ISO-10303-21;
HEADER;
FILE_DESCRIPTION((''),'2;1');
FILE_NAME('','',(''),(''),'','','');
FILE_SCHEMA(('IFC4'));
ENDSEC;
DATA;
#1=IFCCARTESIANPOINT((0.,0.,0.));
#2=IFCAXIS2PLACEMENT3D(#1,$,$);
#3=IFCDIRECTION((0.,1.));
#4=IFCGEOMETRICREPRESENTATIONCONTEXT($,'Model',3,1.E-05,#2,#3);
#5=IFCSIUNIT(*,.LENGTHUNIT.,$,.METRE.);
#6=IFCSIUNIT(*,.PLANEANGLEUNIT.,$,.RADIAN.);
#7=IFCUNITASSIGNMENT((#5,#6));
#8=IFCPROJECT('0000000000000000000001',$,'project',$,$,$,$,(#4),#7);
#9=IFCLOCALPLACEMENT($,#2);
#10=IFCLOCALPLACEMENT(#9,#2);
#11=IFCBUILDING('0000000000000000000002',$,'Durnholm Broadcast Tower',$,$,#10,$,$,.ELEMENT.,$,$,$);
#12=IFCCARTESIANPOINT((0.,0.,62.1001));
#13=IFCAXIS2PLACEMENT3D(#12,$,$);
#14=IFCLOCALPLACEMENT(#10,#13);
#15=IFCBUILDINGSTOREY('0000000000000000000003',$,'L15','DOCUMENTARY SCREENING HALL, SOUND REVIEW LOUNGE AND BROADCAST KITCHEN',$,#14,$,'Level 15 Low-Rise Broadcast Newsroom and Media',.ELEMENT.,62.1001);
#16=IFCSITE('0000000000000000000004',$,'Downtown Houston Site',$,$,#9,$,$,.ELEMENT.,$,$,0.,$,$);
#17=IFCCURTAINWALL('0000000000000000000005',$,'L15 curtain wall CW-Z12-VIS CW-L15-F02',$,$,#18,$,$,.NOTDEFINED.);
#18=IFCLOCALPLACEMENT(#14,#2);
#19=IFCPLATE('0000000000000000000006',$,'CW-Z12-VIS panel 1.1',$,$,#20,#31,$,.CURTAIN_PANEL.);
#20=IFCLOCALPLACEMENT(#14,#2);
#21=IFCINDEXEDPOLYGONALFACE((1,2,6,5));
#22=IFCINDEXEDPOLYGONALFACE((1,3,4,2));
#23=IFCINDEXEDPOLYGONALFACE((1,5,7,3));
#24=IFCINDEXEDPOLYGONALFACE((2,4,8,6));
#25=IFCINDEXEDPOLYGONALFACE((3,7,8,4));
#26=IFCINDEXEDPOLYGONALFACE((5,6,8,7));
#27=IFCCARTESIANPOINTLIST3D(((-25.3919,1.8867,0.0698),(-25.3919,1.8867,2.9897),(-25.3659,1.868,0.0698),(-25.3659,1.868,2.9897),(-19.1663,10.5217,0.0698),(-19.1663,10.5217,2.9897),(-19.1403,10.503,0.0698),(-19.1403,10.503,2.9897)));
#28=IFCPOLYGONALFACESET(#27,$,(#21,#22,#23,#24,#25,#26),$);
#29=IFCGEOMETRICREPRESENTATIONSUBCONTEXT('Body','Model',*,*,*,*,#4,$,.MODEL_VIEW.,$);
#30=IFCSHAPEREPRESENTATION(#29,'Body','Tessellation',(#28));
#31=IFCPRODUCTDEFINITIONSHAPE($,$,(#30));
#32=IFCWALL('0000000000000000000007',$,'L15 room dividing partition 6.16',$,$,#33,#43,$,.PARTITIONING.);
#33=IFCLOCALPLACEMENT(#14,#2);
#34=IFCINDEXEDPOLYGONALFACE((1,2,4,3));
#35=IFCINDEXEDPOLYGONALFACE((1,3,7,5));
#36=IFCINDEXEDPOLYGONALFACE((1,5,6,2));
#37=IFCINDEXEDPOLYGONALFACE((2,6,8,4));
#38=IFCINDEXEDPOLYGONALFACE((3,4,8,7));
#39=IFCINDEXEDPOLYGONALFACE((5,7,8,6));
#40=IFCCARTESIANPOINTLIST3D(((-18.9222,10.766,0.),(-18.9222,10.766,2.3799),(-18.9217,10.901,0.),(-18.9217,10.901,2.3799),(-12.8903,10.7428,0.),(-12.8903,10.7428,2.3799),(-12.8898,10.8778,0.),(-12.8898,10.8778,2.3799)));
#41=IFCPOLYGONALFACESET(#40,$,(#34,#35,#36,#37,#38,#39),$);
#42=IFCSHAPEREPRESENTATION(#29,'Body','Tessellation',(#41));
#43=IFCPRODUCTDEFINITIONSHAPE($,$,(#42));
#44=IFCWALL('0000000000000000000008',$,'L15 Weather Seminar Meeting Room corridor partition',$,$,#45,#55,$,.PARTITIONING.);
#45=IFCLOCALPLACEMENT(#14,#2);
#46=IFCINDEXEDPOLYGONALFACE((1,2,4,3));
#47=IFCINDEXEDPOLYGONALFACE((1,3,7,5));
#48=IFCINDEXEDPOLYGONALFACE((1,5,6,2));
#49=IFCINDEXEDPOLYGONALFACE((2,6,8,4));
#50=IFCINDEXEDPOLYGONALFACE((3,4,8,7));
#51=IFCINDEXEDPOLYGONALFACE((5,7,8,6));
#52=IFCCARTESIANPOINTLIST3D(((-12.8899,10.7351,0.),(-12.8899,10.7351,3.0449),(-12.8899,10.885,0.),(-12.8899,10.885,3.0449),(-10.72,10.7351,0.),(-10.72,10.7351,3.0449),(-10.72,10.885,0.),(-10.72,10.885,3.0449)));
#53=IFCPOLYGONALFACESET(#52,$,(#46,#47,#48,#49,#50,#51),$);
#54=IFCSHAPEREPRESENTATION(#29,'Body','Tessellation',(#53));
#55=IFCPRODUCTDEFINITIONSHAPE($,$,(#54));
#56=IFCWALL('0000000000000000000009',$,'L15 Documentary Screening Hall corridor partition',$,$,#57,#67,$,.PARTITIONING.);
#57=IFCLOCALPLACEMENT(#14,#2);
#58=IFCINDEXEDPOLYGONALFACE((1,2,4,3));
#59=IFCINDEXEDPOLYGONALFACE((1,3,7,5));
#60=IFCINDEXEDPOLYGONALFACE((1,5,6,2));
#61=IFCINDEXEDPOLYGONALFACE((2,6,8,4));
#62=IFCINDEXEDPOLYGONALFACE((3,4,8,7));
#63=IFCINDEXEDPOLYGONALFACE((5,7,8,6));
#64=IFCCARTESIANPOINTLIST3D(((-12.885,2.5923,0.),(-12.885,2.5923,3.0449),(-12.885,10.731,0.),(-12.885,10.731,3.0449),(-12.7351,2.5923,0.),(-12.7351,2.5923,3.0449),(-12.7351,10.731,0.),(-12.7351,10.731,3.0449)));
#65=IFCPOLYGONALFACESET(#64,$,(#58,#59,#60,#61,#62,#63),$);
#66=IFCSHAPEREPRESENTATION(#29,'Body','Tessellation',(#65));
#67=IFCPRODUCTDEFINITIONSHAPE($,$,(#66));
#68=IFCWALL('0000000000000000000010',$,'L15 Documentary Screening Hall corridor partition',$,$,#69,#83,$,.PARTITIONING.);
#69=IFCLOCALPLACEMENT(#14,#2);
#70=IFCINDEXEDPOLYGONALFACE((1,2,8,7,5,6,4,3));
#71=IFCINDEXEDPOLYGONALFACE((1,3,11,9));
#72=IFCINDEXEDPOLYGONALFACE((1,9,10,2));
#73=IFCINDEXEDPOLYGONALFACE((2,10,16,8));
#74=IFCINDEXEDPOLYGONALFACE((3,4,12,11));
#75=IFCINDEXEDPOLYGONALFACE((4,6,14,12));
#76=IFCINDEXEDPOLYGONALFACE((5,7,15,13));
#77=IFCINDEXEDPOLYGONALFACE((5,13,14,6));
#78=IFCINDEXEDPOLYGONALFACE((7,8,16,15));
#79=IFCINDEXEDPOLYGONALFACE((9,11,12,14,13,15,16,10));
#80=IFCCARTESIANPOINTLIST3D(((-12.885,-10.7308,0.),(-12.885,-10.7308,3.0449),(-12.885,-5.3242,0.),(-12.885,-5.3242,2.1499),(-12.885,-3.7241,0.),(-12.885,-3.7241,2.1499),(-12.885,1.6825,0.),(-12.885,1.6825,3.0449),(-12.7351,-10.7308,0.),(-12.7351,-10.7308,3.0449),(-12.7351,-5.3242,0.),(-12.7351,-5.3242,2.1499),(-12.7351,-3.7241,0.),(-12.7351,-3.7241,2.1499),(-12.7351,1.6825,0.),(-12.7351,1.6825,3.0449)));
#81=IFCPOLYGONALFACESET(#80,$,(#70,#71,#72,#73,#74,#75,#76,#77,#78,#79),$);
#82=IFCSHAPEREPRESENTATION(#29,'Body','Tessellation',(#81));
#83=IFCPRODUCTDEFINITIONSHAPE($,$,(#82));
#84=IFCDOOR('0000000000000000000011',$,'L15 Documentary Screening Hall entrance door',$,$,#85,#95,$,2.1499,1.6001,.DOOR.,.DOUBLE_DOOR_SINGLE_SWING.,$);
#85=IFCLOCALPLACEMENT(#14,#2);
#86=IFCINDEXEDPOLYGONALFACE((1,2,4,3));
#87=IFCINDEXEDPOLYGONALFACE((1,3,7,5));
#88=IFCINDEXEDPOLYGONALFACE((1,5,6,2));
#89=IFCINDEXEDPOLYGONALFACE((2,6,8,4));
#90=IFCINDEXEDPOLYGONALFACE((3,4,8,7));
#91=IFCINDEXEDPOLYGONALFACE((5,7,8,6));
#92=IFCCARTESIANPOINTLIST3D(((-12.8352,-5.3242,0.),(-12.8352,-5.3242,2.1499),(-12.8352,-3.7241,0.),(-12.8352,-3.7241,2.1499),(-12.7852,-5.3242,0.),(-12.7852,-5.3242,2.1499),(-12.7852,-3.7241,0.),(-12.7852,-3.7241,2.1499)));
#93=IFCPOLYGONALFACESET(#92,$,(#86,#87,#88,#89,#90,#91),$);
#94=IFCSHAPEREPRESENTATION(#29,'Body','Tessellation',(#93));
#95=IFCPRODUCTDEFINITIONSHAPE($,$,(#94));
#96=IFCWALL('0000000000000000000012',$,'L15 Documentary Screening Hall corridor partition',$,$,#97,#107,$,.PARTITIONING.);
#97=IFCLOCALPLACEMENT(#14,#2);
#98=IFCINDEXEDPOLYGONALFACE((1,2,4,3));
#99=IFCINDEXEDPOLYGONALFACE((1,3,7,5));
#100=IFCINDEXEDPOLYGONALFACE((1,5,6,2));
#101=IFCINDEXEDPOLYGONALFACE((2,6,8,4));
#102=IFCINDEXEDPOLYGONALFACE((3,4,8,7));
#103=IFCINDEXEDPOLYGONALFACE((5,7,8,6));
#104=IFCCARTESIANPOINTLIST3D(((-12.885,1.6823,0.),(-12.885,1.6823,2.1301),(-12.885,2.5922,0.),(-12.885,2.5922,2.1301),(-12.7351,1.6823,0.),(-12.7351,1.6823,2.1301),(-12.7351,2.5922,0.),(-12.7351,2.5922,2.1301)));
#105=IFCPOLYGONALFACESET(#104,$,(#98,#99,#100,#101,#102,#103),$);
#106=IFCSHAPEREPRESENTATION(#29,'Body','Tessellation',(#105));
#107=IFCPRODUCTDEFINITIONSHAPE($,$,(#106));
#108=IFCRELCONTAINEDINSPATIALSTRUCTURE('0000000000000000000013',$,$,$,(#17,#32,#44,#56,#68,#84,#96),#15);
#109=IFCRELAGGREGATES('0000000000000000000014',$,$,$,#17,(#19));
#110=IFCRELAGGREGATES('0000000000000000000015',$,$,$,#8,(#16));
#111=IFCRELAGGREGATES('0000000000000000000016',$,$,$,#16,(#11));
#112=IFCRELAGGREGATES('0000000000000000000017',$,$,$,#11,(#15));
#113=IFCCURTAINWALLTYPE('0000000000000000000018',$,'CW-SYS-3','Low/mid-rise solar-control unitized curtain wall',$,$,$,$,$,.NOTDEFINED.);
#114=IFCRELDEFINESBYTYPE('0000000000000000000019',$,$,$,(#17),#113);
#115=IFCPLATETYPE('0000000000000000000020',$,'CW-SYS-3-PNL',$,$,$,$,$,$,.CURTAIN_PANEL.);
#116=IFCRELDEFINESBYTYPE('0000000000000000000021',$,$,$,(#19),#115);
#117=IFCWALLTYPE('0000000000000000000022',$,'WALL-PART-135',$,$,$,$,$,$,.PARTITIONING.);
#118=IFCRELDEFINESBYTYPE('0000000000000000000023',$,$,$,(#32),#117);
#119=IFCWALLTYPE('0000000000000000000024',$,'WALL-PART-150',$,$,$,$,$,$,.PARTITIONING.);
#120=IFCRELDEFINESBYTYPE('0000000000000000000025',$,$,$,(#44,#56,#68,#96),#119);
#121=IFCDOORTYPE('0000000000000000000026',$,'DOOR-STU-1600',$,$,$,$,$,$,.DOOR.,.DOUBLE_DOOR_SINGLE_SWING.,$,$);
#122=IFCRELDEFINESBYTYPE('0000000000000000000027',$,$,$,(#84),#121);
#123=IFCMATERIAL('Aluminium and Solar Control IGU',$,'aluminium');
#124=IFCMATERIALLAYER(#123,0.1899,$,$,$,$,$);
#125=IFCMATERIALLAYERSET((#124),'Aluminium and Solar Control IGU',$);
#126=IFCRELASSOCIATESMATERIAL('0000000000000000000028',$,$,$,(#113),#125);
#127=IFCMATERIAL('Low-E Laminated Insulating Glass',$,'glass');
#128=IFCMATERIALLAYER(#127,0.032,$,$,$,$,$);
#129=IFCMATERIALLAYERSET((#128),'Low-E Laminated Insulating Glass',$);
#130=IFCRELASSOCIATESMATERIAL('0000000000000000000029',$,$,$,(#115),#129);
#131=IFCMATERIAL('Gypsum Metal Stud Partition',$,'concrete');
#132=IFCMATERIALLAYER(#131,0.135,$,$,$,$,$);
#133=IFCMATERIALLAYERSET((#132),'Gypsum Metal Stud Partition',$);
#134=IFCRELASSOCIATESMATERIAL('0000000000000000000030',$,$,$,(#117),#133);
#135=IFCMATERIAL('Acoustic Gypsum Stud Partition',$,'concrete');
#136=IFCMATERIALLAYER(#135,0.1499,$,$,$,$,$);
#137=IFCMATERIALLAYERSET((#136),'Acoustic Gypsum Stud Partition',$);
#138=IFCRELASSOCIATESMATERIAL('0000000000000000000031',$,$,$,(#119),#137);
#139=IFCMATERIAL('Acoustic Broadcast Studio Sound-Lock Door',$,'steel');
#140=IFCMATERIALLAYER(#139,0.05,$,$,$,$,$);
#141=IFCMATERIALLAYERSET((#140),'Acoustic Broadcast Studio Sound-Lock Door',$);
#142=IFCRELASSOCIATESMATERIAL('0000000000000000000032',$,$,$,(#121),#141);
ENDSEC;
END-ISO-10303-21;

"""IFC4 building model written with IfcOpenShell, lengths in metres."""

from ifc_helpers import new_model, si_unit, direction, frame, frame_2d, origin, origin_2d, place, context, subcontext, project, spatial, rectangle, extrude, source, transform, mapped, material, layer, layer_set, type_object, type_shapes, element, fill, aggregate, save


model = new_model("IFC4")

# Units and contexts
model_context = context("Model", 3, precision=1e-05, world=origin(), true_north=direction((0.0, 1.0)))
body_context = subcontext(model_context, "Body", "Model", "MODEL_VIEW")
ifc_project = project(units=[si_unit("LENGTHUNIT", "METRE"), si_unit("PLANEANGLEUNIT", "RADIAN")], contexts=[model_context])

# Site, building, storey
site_placement = place(None, origin())
site = spatial("IfcSite", under=ifc_project, at=site_placement, Name="Downtown Houston Site", CompositionType="ELEMENT", RefElevation=0.0)
building_placement = place(site_placement, origin())
building = spatial("IfcBuilding", under=site, at=building_placement, Name="Durnholm Broadcast Tower", CompositionType="ELEMENT")
storey_placement = place(building_placement, frame((0.0, 0.0, 62.1001)))
storey = spatial("IfcBuildingStorey", under=building, at=storey_placement, Name="L15", Description="DOCUMENTARY SCREENING HALL, SOUND REVIEW LOUNGE AND BROADCAST KITCHEN", LongName="Level 15 Low-Rise Broadcast Newsroom and Media", CompositionType="ELEMENT", Elevation=62.1001)

# Curtain wall
ifc_material_1 = material(Name="Aluminium and Solar Control IGU", Category="aluminium")
ifc_layer_1 = layer(ifc_material_1, 0.1899)
ifc_layer_set_1 = layer_set([ifc_layer_1], Name="Aluminium and Solar Control IGU")
curtain_wall_type_1 = type_object("IfcCurtainWallType", Name="CW-SYS-3", Description="Low/mid-rise solar-control unitized curtain wall", PredefinedType="NOTDEFINED", material=ifc_layer_set_1)
curtain_wall_1_placement = place(storey_placement, origin())
curtain_wall_1 = element("IfcCurtainWall", 1, at=curtain_wall_1_placement, inside=storey, type_object=curtain_wall_type_1, Name="L15 curtain wall CW-Z12-VIS CW-L15-F02", PredefinedType="NOTDEFINED")

# Plate
ifc_material_2 = material(Name="Low-E Laminated Insulating Glass", Category="glass")
ifc_layer_2 = layer(ifc_material_2, 0.032)
ifc_layer_set_2 = layer_set([ifc_layer_2], Name="Low-E Laminated Insulating Glass")
plate_type_1 = type_object("IfcPlateType", Name="CW-SYS-3-PNL", PredefinedType="CURTAIN_PANEL", material=ifc_layer_set_2)
shared_shape_1 = source(origin(), body_context, "Body", "SweptSolid", [
    extrude(rectangle(XDim=10.6453, YDim=0.032, at=origin_2d()), origin(), (0.0, 0.0, 1.0), 2.9199),
])
type_shapes(plate_type_1, [shared_shape_1])
plate_1_placement = place(storey_placement, frame((-22.2661, 6.1948, 0.0698), z_axis=(0.0, 0.0, 1.0), x_axis=(0.584823, 0.811161, 0.0)))
plate_1 = element("IfcPlate", 2, at=plate_1_placement, type_object=plate_type_1, Name="CW-Z12-VIS panel 1.1", PredefinedType="CURTAIN_PANEL", context=body_context, shape_type="MappedRepresentation", body=[
    mapped(shared_shape_1, transform((0.0, 0.0, 0.0), x_axis=(1.0, 0.0, 0.0), y_axis=(0.0, 1.0, 0.0), z_axis=(0.0, 0.0, 1.0), scale=1.0)),
])
aggregate(curtain_wall_1, [plate_1])

# Walls
ifc_material_3 = material(Name="Gypsum Metal Stud Partition", Category="concrete")
ifc_layer_3 = layer(ifc_material_3, 0.135)
ifc_layer_set_3 = layer_set([ifc_layer_3], Name="Gypsum Metal Stud Partition")
wall_type_1 = type_object("IfcWallType", Name="WALL-PART-135", PredefinedType="PARTITIONING", material=ifc_layer_set_3)
wall_1_placement = place(storey_placement, frame((-12.8899, 10.8103, 0.0), z_axis=(0.0, 0.0, 1.0), x_axis=(-0.999993, 0.003845, 0.0)))
element("IfcWall", 3, at=wall_1_placement, inside=storey, type_object=wall_type_1, Name="L15 room dividing partition 6.16", PredefinedType="PARTITIONING", context=body_context, shape_type="SweptSolid", body=[
    extrude(rectangle(XDim=6.032, YDim=0.135, at=frame_2d((3.0161, 0.0))), origin(), (0.0, 0.0, 1.0), 2.3799),
])
ifc_material_4 = material(Name="Acoustic Gypsum Stud Partition", Category="concrete")
ifc_layer_4 = layer(ifc_material_4, 0.1499)
ifc_layer_set_4 = layer_set([ifc_layer_4], Name="Acoustic Gypsum Stud Partition")
wall_type_2 = type_object("IfcWallType", Name="WALL-PART-150", PredefinedType="PARTITIONING", material=ifc_layer_set_4)
wall_2_placement = place(storey_placement, frame((-10.72, 10.8101, 0.0), z_axis=(0.0, 0.0, 1.0), x_axis=(-1.0, 0.0, 0.0)))
element("IfcWall", 4, at=wall_2_placement, inside=storey, type_object=wall_type_2, Name="L15 Weather Seminar Meeting Room corridor partition", PredefinedType="PARTITIONING", context=body_context, shape_type="SweptSolid", body=[
    extrude(rectangle(XDim=2.1699, YDim=0.1499, at=frame_2d((1.085, 0.0))), origin(), (0.0, 0.0, 1.0), 3.0449),
])
wall_3_placement = place(storey_placement, frame((-12.8101, 10.731, 0.0), z_axis=(0.0, 0.0, 1.0), x_axis=(0.0, -1.0, 0.0)))
element("IfcWall", 5, at=wall_3_placement, inside=storey, type_object=wall_type_2, Name="L15 Documentary Screening Hall corridor partition", PredefinedType="PARTITIONING", context=body_context, shape_type="SweptSolid", body=[
    extrude(rectangle(XDim=8.1387, YDim=0.1499, at=frame_2d((4.0693, 0.0))), origin(), (0.0, 0.0, 1.0), 3.0449),
])

# Wall, opening, door
wall_4_placement = place(storey_placement, frame((-12.8101, 1.6824, 0.0), z_axis=(0.0, 0.0, 1.0), x_axis=(0.0, -1.0, 0.0)))
wall_4 = element("IfcWall", 6, at=wall_4_placement, inside=storey, type_object=wall_type_2, Name="L15 Documentary Screening Hall corridor partition", PredefinedType="PARTITIONING", context=body_context, shape_type="SweptSolid", body=[
    extrude(rectangle(XDim=12.4133, YDim=0.1499, at=frame_2d((6.2065, 0.0))), origin(), (0.0, 0.0, 1.0), 3.0449),
])
opening_placement = place(wall_4_placement, frame((5.4065, 0.0, 0.0)))
opening = element("IfcOpeningElement", 7, at=opening_placement, cuts=wall_4, PredefinedType="OPENING", context=body_context, shape_type="SweptSolid", body=[
    extrude(rectangle(XDim=1.6001, YDim=2.1499, at=frame_2d((0.8, 1.075))), frame((0.0, 0.085, 0.0), z_axis=(0.0, -1.0, 0.0), x_axis=(1.0, 0.0, 0.0)), (0.0, 0.0, 1.0), 0.1699),
])
ifc_material_5 = material(Name="Acoustic Broadcast Studio Sound-Lock Door", Category="steel")
ifc_layer_5 = layer(ifc_material_5, 0.05)
ifc_layer_set_5 = layer_set([ifc_layer_5], Name="Acoustic Broadcast Studio Sound-Lock Door")
door_type = type_object("IfcDoorType", Name="DOOR-STU-1600", OperationType="DOUBLE_DOOR_SINGLE_SWING", PredefinedType="DOOR", material=ifc_layer_set_5)
shared_shape_2 = source(origin(), body_context, "Body", "SweptSolid", [
    extrude(rectangle(XDim=1.6001, YDim=2.1499, at=frame_2d((0.8, 1.075))), frame((0.0, 0.0249, 0.0), z_axis=(0.0, -1.0, 0.0), x_axis=(1.0, 0.0, 0.0)), (0.0, 0.0, 1.0), 0.05),
])
type_shapes(door_type, [shared_shape_2])
door_placement = place(opening_placement, origin())
door = element("IfcDoor", 8, at=door_placement, inside=storey, type_object=door_type, Name="L15 Documentary Screening Hall entrance door", OperationType="DOUBLE_DOOR_SINGLE_SWING", OverallHeight=2.1499, OverallWidth=1.6001, PredefinedType="DOOR", context=body_context, shape_type="MappedRepresentation", body=[
    mapped(shared_shape_2, transform((0.0, 0.0, 0.0), x_axis=(1.0, 0.0, 0.0), y_axis=(0.0, 1.0, 0.0), z_axis=(0.0, 0.0, 1.0), scale=1.0)),
])
fill(opening, door)

# Wall
wall_5_placement = place(storey_placement, frame((-12.8101, 2.5923, 0.0), z_axis=(0.0, 0.0, 1.0), x_axis=(0.0, -1.0, 0.0)))
element("IfcWall", 9, at=wall_5_placement, inside=storey, type_object=wall_type_2, Name="L15 Documentary Screening Hall corridor partition", PredefinedType="PARTITIONING", context=body_context, shape_type="SweptSolid", body=[
    extrude(rectangle(XDim=0.9099, YDim=0.1499, at=frame_2d((0.4551, 0.0))), origin(), (0.0, 0.0, 1.0), 2.1301),
])

save(model, "model.ifc")
